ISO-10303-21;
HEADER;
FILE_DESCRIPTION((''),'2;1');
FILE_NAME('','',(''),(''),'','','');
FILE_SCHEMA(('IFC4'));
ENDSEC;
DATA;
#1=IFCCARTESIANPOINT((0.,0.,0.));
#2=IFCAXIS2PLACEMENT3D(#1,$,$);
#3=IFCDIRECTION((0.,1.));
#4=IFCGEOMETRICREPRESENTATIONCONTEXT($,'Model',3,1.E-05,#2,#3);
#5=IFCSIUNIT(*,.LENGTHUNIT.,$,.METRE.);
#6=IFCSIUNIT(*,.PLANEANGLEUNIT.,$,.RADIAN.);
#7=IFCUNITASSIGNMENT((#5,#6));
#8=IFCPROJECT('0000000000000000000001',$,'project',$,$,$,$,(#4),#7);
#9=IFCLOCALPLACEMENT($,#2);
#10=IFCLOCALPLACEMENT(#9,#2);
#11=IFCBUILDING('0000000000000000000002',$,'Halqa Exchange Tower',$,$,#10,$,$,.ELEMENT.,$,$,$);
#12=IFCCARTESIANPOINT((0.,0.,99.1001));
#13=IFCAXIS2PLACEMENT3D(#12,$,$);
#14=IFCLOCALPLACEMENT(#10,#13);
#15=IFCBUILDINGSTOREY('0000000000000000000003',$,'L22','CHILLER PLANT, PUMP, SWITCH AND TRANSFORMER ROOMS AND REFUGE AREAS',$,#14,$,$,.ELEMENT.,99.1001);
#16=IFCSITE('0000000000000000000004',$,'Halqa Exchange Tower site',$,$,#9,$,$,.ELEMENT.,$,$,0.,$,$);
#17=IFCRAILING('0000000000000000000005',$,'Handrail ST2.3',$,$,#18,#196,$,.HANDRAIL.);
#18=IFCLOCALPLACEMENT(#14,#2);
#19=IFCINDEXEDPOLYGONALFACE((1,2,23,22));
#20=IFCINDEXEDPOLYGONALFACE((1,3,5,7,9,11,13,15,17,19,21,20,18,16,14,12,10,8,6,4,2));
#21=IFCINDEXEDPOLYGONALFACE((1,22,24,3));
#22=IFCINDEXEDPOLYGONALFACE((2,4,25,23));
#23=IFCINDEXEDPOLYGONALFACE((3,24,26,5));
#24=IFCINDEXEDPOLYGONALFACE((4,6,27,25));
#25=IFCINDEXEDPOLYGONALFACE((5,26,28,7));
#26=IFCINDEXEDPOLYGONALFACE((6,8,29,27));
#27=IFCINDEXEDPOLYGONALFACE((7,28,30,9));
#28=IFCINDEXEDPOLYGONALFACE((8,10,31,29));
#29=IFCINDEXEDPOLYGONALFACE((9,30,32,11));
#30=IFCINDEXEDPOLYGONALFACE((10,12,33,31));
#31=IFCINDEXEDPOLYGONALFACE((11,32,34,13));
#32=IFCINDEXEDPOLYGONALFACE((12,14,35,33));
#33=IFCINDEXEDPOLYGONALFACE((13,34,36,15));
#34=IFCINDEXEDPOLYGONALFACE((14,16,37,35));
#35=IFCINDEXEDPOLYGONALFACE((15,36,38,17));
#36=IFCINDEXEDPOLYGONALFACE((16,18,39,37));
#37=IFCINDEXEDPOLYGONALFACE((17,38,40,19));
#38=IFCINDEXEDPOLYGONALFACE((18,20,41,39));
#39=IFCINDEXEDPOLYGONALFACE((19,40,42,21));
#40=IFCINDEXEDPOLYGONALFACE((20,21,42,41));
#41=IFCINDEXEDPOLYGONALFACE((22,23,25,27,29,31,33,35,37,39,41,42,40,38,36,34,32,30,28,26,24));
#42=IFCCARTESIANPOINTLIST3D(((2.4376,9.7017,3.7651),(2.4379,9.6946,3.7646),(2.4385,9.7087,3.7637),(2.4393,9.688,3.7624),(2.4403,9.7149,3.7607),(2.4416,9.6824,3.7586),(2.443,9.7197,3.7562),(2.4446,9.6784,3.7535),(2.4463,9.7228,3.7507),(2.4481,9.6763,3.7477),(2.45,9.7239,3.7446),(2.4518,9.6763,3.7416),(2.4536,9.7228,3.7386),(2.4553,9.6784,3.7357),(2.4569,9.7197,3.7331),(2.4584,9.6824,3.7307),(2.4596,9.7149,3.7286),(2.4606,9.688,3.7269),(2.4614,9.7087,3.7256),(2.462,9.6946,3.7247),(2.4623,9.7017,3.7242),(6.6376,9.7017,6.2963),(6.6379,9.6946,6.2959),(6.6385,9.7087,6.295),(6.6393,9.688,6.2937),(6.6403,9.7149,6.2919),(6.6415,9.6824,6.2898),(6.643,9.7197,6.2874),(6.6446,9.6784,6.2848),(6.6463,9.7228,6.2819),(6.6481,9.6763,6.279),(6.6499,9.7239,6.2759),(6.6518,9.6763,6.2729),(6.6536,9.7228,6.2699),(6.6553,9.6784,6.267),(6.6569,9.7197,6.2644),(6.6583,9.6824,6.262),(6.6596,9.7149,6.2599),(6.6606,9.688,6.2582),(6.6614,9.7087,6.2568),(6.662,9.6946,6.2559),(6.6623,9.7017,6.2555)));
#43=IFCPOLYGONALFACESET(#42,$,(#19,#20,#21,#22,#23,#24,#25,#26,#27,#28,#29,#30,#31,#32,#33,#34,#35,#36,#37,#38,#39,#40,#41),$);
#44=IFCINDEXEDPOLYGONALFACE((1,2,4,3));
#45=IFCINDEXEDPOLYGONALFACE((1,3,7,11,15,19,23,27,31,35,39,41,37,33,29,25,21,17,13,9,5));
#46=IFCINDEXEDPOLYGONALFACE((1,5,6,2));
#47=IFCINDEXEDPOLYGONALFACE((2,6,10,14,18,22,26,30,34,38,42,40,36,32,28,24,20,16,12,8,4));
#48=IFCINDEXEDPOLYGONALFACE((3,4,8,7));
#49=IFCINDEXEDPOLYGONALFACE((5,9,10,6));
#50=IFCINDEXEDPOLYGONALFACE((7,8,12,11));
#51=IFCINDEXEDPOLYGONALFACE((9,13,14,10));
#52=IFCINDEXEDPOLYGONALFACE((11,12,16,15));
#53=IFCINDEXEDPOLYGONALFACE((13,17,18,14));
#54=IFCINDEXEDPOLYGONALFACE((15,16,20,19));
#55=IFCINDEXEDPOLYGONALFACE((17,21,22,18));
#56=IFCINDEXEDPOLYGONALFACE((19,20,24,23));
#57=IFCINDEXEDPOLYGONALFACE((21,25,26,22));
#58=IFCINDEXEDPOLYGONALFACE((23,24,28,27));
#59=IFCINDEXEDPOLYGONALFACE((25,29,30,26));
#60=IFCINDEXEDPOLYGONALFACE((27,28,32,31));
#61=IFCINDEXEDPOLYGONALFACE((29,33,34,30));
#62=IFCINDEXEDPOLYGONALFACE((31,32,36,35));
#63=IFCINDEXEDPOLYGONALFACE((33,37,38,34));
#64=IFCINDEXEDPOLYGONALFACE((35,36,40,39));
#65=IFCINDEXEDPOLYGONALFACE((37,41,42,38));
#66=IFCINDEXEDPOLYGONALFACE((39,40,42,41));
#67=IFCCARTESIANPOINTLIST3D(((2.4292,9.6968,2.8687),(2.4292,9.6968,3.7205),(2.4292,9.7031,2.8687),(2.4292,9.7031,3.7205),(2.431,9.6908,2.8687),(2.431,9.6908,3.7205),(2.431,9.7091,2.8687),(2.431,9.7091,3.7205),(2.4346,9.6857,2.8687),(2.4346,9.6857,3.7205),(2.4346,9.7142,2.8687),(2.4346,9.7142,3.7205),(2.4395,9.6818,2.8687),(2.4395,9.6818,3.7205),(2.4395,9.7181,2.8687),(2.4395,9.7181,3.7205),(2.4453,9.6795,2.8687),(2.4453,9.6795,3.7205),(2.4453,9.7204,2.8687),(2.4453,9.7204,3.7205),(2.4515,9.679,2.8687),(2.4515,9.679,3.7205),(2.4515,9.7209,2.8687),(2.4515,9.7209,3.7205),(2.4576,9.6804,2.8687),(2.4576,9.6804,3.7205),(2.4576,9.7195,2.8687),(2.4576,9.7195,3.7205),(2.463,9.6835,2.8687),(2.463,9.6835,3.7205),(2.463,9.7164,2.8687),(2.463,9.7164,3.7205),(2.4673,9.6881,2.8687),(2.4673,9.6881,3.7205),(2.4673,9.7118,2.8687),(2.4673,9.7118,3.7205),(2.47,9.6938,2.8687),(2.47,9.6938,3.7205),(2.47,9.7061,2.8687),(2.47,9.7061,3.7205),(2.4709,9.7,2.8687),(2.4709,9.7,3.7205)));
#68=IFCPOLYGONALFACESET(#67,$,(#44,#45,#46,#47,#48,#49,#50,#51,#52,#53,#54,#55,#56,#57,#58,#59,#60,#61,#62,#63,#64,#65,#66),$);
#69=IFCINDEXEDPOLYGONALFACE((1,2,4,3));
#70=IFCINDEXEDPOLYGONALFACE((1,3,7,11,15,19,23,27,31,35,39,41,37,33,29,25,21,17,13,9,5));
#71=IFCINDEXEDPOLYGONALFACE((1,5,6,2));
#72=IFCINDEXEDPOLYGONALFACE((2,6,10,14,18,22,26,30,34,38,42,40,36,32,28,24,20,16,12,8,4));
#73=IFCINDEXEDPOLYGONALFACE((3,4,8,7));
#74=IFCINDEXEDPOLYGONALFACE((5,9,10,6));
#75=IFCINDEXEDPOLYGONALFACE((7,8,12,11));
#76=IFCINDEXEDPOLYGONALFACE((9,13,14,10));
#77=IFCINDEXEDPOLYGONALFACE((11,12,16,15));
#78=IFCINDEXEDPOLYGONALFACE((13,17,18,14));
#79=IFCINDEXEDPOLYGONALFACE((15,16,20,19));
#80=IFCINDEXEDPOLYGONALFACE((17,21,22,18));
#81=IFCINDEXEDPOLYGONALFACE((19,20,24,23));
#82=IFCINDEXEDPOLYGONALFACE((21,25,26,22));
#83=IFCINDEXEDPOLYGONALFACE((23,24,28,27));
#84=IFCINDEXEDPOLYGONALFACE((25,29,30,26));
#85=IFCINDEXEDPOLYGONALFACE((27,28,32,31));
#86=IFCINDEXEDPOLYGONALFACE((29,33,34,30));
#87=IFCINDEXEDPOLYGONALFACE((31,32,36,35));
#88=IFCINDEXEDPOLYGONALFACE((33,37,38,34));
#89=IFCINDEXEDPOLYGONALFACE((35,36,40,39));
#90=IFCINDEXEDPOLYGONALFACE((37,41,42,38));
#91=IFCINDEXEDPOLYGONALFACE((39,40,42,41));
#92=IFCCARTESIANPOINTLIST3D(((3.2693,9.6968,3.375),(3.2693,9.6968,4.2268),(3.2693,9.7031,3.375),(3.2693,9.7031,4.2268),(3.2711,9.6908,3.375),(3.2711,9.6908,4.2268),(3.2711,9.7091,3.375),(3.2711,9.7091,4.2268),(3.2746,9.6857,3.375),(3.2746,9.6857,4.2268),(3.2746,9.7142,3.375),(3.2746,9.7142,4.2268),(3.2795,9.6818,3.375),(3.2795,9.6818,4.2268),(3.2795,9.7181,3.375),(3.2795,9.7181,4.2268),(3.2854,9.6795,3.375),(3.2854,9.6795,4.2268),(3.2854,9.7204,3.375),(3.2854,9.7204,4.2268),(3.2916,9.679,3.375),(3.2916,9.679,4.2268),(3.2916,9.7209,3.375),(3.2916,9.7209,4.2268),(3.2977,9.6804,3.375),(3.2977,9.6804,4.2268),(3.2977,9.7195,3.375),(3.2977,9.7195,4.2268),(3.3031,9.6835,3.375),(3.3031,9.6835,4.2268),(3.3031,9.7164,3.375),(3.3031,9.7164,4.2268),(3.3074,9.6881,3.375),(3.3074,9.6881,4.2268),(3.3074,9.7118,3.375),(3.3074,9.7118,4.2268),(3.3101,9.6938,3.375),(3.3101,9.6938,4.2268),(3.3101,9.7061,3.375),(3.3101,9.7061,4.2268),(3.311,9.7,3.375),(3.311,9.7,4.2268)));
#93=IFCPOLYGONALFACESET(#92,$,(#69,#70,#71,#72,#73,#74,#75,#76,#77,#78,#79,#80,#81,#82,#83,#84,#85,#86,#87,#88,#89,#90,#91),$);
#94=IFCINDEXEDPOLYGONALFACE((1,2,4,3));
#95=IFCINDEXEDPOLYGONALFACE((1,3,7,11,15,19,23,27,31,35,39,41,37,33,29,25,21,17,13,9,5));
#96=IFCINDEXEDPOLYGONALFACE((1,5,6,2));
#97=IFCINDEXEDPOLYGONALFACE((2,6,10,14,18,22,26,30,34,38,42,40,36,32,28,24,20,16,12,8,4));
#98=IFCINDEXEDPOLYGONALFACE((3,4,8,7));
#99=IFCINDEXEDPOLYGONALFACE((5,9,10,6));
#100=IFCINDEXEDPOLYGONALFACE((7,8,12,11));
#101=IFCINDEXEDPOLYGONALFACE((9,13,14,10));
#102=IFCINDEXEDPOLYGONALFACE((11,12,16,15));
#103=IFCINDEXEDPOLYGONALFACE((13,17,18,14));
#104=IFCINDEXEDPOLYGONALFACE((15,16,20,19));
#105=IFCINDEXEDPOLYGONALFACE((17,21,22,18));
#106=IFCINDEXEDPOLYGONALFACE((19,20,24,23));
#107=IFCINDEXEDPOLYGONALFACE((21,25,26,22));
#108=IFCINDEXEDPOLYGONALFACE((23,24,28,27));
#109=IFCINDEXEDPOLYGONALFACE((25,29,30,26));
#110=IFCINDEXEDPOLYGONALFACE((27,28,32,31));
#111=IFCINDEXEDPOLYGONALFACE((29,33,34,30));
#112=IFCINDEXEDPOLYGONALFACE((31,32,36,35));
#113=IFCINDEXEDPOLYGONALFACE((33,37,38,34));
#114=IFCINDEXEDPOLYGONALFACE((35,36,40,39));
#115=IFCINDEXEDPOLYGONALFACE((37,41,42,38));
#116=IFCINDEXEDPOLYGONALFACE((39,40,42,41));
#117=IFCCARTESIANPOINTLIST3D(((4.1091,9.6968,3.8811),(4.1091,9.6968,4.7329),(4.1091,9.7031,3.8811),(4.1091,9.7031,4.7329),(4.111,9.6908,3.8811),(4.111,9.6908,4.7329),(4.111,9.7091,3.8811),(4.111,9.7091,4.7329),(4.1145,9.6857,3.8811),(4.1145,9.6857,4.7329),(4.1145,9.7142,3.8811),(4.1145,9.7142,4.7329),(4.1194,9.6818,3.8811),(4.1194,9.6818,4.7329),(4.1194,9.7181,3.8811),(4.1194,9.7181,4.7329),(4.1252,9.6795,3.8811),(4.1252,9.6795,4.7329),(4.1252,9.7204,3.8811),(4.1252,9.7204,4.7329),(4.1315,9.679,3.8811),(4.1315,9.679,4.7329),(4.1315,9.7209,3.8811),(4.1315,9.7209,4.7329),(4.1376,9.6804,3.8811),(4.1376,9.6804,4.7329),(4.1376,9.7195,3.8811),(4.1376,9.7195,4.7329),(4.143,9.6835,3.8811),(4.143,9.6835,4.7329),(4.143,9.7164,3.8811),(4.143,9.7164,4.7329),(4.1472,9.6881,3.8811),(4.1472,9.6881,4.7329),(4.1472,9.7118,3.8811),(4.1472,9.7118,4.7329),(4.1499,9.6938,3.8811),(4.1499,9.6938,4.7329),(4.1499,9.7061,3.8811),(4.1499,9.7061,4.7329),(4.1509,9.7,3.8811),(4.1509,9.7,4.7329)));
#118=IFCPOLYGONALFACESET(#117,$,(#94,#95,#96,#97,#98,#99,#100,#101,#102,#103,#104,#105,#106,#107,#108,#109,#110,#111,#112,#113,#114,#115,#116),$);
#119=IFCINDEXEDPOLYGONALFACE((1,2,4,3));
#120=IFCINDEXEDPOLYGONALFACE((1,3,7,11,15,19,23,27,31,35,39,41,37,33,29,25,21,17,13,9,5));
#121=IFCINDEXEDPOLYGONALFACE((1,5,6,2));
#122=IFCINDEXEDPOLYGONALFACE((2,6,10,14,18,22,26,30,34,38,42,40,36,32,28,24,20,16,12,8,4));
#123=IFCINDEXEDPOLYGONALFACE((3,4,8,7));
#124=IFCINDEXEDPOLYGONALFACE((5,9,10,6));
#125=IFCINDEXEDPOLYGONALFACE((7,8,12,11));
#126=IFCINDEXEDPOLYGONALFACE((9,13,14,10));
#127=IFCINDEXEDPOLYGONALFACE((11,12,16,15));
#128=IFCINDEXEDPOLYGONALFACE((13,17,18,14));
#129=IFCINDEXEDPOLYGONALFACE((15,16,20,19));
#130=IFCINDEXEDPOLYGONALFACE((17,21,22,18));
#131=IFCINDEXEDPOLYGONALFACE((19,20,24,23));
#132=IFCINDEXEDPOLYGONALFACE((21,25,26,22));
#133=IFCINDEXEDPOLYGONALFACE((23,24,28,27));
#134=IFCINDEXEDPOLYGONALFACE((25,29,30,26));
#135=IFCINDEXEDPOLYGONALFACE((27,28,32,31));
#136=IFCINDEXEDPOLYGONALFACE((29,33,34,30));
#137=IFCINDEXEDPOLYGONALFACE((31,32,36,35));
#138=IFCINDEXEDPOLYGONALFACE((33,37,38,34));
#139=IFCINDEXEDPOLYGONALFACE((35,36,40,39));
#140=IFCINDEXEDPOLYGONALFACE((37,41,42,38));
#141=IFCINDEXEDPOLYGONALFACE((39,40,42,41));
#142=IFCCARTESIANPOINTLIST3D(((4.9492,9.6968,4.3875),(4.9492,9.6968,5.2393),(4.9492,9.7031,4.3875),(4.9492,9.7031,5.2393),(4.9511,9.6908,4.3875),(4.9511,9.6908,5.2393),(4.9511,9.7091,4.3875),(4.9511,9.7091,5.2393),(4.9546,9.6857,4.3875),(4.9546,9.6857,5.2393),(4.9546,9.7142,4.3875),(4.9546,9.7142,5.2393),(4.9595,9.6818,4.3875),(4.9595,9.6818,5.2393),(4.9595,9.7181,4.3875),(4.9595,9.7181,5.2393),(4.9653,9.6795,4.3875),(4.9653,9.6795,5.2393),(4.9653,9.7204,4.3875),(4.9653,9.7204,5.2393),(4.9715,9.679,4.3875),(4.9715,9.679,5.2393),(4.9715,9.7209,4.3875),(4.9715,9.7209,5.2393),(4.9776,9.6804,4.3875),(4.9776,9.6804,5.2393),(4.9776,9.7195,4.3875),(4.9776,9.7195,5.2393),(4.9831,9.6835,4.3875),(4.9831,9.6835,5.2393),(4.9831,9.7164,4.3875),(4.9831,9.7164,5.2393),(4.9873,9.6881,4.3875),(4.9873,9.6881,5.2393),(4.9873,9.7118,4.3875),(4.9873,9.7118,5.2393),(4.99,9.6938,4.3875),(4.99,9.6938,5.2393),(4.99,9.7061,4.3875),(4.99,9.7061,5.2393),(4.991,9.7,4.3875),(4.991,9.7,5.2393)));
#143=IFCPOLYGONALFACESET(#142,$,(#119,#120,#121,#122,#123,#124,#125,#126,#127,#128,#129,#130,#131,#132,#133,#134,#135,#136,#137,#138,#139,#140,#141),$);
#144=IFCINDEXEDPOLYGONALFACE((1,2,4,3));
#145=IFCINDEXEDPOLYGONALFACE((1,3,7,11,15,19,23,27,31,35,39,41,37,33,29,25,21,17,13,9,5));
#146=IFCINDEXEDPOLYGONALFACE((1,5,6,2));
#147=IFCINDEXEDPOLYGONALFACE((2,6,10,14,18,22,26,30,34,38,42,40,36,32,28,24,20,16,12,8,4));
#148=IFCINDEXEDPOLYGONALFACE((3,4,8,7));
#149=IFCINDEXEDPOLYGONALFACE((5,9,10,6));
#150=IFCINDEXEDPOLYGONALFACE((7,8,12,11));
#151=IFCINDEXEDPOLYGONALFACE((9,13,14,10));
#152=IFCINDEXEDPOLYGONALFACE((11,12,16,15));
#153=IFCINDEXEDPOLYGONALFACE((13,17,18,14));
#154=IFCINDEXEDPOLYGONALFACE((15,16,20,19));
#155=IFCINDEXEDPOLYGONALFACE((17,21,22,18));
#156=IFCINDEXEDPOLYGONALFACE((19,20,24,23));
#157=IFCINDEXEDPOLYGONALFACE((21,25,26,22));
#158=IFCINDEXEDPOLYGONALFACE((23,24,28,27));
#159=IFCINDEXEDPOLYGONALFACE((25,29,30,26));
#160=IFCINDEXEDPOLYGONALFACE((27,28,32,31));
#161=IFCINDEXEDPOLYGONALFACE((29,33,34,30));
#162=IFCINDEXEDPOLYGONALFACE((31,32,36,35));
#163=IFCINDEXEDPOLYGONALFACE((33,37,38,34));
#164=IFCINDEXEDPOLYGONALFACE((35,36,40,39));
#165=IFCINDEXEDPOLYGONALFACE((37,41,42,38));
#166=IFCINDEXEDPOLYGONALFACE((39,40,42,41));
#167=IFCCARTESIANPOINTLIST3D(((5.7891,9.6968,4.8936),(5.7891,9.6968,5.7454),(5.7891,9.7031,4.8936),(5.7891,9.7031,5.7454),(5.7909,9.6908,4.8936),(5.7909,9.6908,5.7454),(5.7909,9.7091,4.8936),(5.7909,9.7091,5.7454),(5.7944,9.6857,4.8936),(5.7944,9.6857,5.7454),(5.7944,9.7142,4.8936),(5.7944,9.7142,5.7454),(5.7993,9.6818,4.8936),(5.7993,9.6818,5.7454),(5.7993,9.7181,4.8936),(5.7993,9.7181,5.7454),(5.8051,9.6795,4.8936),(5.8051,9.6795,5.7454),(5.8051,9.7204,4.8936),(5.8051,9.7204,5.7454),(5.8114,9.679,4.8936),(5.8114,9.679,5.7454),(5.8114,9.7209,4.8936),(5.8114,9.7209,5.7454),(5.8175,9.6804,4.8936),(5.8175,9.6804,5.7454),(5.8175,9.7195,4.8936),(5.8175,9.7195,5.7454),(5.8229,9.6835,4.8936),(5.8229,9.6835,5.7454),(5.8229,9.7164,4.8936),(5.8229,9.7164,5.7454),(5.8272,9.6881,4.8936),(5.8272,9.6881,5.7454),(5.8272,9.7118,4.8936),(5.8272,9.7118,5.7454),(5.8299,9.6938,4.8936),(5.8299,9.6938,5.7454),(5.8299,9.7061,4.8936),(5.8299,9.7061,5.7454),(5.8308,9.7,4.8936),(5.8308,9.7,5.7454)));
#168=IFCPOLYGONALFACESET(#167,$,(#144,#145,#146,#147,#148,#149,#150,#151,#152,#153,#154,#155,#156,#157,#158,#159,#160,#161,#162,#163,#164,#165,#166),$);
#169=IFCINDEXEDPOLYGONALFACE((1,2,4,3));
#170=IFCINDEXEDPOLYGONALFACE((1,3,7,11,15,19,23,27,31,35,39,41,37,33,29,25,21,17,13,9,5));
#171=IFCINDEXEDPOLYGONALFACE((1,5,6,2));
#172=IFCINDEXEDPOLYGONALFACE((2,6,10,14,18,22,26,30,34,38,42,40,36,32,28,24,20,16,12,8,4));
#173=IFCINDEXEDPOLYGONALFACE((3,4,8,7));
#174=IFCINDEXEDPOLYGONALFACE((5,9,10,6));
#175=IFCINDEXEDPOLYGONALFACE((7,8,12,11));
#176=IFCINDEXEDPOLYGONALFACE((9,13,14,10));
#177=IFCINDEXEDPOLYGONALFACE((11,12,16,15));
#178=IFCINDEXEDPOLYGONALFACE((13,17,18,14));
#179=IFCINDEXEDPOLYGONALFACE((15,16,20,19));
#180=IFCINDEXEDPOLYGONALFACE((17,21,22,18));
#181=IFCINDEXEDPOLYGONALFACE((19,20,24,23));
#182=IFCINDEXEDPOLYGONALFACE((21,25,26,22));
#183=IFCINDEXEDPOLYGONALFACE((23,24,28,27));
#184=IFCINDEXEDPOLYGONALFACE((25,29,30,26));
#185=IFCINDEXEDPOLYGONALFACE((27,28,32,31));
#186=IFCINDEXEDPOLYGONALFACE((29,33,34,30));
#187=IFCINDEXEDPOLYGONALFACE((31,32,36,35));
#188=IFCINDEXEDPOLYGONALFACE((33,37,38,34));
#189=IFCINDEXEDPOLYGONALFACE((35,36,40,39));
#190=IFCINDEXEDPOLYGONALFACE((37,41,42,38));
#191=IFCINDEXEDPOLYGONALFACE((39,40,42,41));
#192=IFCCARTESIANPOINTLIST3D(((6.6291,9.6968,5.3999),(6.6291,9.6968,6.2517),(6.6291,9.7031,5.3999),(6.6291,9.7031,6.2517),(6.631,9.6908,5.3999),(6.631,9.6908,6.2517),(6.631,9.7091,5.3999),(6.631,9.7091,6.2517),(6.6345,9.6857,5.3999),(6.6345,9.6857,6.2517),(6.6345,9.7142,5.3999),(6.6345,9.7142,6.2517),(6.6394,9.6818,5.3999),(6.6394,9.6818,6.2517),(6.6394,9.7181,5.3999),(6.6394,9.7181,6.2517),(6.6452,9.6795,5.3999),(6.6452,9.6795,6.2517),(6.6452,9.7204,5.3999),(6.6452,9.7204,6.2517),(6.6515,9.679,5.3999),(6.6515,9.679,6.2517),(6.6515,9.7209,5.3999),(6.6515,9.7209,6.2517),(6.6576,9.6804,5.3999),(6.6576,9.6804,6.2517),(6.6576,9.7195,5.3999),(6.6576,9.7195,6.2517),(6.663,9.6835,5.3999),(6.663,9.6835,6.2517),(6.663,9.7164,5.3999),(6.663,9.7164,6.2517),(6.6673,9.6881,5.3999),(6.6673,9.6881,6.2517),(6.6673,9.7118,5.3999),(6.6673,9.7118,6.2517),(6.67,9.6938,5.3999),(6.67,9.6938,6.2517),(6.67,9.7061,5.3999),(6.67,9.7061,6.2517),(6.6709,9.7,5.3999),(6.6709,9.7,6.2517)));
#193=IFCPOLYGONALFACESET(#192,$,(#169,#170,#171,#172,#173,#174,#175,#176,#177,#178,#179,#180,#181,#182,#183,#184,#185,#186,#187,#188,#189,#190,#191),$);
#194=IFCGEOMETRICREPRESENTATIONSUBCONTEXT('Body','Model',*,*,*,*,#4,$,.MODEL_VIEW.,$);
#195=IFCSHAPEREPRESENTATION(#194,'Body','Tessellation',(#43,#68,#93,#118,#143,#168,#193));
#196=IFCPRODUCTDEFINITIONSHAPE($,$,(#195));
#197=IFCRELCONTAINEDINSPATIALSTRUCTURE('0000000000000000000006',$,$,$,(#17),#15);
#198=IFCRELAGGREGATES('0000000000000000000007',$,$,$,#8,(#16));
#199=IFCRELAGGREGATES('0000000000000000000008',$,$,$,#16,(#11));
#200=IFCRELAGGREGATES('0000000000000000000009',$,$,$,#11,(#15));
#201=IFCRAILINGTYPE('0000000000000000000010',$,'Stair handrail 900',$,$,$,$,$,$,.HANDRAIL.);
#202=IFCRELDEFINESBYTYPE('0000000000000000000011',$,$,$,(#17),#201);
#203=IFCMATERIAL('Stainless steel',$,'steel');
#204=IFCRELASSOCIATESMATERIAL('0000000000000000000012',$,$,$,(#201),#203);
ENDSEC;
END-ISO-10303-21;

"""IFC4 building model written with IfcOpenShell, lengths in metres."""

from ifc_helpers import new_model, si_unit, direction, frame, origin, origin_2d, place, context, subcontext, project, spatial, circle, extrude, material, type_object, element, save


model = new_model("IFC4")

# Units and contexts
model_context = context("Model", 3, precision=1e-05, world=origin(), true_north=direction((0.0, 1.0)))
body_context = subcontext(model_context, "Body", "Model", "MODEL_VIEW")
ifc_project = project(units=[si_unit("LENGTHUNIT", "METRE"), si_unit("PLANEANGLEUNIT", "RADIAN")], contexts=[model_context])

# Site, building, storey
site_placement = place(None, origin())
site = spatial("IfcSite", under=ifc_project, at=site_placement, Name="Halqa Exchange Tower site", CompositionType="ELEMENT", RefElevation=0.0)
building_placement = place(site_placement, origin())
building = spatial("IfcBuilding", under=site, at=building_placement, Name="Halqa Exchange Tower", CompositionType="ELEMENT")
storey_placement = place(building_placement, frame((0.0, 0.0, 99.1001)))
storey = spatial("IfcBuildingStorey", under=building, at=storey_placement, Name="L22", Description="CHILLER PLANT, PUMP, SWITCH AND TRANSFORMER ROOMS AND REFUGE AREAS", CompositionType="ELEMENT", Elevation=99.1001)

# Railing
ifc_material_1 = material(Name="Stainless steel", Category="steel")
railing_type = type_object("IfcRailingType", Name="Stair handrail 900", PredefinedType="HANDRAIL", material=ifc_material_1)
railing_placement = place(storey_placement, frame((2.45, 9.7, 2.8687)))
element("IfcRailing", 1, at=railing_placement, inside=storey, type_object=railing_type, Name="Handrail ST2.3", PredefinedType="HANDRAIL", context=body_context, shape_type="SweptSolid", body=[
    extrude(circle(Radius=0.0239, at=origin_2d()), frame((0.0, 0.0, 0.876), z_axis=(0.856476, 0.0, 0.516186), x_axis=(0.0, 1.0, 0.0)), (0.0, 0.0, 1.0), 4.9038),
    extrude(circle(Radius=0.021, at=origin_2d()), origin(), (0.0, 0.0, 1.0), 0.8518),
    extrude(circle(Radius=0.021, at=origin_2d()), frame((0.8401, 0.0, 0.5063)), (0.0, 0.0, 1.0), 0.8518),
    extrude(circle(Radius=0.021, at=origin_2d()), frame((1.6799, 0.0, 1.0125)), (0.0, 0.0, 1.0), 0.8518),
    extrude(circle(Radius=0.021, at=origin_2d()), frame((2.52, 0.0, 1.5188)), (0.0, 0.0, 1.0), 0.8518),
    extrude(circle(Radius=0.021, at=origin_2d()), frame((3.3599, 0.0, 2.0249)), (0.0, 0.0, 1.0), 0.8518),
    extrude(circle(Radius=0.021, at=origin_2d()), frame((4.2, 0.0, 2.5312)), (0.0, 0.0, 1.0), 0.8518),
])

save(model, "model.ifc")
